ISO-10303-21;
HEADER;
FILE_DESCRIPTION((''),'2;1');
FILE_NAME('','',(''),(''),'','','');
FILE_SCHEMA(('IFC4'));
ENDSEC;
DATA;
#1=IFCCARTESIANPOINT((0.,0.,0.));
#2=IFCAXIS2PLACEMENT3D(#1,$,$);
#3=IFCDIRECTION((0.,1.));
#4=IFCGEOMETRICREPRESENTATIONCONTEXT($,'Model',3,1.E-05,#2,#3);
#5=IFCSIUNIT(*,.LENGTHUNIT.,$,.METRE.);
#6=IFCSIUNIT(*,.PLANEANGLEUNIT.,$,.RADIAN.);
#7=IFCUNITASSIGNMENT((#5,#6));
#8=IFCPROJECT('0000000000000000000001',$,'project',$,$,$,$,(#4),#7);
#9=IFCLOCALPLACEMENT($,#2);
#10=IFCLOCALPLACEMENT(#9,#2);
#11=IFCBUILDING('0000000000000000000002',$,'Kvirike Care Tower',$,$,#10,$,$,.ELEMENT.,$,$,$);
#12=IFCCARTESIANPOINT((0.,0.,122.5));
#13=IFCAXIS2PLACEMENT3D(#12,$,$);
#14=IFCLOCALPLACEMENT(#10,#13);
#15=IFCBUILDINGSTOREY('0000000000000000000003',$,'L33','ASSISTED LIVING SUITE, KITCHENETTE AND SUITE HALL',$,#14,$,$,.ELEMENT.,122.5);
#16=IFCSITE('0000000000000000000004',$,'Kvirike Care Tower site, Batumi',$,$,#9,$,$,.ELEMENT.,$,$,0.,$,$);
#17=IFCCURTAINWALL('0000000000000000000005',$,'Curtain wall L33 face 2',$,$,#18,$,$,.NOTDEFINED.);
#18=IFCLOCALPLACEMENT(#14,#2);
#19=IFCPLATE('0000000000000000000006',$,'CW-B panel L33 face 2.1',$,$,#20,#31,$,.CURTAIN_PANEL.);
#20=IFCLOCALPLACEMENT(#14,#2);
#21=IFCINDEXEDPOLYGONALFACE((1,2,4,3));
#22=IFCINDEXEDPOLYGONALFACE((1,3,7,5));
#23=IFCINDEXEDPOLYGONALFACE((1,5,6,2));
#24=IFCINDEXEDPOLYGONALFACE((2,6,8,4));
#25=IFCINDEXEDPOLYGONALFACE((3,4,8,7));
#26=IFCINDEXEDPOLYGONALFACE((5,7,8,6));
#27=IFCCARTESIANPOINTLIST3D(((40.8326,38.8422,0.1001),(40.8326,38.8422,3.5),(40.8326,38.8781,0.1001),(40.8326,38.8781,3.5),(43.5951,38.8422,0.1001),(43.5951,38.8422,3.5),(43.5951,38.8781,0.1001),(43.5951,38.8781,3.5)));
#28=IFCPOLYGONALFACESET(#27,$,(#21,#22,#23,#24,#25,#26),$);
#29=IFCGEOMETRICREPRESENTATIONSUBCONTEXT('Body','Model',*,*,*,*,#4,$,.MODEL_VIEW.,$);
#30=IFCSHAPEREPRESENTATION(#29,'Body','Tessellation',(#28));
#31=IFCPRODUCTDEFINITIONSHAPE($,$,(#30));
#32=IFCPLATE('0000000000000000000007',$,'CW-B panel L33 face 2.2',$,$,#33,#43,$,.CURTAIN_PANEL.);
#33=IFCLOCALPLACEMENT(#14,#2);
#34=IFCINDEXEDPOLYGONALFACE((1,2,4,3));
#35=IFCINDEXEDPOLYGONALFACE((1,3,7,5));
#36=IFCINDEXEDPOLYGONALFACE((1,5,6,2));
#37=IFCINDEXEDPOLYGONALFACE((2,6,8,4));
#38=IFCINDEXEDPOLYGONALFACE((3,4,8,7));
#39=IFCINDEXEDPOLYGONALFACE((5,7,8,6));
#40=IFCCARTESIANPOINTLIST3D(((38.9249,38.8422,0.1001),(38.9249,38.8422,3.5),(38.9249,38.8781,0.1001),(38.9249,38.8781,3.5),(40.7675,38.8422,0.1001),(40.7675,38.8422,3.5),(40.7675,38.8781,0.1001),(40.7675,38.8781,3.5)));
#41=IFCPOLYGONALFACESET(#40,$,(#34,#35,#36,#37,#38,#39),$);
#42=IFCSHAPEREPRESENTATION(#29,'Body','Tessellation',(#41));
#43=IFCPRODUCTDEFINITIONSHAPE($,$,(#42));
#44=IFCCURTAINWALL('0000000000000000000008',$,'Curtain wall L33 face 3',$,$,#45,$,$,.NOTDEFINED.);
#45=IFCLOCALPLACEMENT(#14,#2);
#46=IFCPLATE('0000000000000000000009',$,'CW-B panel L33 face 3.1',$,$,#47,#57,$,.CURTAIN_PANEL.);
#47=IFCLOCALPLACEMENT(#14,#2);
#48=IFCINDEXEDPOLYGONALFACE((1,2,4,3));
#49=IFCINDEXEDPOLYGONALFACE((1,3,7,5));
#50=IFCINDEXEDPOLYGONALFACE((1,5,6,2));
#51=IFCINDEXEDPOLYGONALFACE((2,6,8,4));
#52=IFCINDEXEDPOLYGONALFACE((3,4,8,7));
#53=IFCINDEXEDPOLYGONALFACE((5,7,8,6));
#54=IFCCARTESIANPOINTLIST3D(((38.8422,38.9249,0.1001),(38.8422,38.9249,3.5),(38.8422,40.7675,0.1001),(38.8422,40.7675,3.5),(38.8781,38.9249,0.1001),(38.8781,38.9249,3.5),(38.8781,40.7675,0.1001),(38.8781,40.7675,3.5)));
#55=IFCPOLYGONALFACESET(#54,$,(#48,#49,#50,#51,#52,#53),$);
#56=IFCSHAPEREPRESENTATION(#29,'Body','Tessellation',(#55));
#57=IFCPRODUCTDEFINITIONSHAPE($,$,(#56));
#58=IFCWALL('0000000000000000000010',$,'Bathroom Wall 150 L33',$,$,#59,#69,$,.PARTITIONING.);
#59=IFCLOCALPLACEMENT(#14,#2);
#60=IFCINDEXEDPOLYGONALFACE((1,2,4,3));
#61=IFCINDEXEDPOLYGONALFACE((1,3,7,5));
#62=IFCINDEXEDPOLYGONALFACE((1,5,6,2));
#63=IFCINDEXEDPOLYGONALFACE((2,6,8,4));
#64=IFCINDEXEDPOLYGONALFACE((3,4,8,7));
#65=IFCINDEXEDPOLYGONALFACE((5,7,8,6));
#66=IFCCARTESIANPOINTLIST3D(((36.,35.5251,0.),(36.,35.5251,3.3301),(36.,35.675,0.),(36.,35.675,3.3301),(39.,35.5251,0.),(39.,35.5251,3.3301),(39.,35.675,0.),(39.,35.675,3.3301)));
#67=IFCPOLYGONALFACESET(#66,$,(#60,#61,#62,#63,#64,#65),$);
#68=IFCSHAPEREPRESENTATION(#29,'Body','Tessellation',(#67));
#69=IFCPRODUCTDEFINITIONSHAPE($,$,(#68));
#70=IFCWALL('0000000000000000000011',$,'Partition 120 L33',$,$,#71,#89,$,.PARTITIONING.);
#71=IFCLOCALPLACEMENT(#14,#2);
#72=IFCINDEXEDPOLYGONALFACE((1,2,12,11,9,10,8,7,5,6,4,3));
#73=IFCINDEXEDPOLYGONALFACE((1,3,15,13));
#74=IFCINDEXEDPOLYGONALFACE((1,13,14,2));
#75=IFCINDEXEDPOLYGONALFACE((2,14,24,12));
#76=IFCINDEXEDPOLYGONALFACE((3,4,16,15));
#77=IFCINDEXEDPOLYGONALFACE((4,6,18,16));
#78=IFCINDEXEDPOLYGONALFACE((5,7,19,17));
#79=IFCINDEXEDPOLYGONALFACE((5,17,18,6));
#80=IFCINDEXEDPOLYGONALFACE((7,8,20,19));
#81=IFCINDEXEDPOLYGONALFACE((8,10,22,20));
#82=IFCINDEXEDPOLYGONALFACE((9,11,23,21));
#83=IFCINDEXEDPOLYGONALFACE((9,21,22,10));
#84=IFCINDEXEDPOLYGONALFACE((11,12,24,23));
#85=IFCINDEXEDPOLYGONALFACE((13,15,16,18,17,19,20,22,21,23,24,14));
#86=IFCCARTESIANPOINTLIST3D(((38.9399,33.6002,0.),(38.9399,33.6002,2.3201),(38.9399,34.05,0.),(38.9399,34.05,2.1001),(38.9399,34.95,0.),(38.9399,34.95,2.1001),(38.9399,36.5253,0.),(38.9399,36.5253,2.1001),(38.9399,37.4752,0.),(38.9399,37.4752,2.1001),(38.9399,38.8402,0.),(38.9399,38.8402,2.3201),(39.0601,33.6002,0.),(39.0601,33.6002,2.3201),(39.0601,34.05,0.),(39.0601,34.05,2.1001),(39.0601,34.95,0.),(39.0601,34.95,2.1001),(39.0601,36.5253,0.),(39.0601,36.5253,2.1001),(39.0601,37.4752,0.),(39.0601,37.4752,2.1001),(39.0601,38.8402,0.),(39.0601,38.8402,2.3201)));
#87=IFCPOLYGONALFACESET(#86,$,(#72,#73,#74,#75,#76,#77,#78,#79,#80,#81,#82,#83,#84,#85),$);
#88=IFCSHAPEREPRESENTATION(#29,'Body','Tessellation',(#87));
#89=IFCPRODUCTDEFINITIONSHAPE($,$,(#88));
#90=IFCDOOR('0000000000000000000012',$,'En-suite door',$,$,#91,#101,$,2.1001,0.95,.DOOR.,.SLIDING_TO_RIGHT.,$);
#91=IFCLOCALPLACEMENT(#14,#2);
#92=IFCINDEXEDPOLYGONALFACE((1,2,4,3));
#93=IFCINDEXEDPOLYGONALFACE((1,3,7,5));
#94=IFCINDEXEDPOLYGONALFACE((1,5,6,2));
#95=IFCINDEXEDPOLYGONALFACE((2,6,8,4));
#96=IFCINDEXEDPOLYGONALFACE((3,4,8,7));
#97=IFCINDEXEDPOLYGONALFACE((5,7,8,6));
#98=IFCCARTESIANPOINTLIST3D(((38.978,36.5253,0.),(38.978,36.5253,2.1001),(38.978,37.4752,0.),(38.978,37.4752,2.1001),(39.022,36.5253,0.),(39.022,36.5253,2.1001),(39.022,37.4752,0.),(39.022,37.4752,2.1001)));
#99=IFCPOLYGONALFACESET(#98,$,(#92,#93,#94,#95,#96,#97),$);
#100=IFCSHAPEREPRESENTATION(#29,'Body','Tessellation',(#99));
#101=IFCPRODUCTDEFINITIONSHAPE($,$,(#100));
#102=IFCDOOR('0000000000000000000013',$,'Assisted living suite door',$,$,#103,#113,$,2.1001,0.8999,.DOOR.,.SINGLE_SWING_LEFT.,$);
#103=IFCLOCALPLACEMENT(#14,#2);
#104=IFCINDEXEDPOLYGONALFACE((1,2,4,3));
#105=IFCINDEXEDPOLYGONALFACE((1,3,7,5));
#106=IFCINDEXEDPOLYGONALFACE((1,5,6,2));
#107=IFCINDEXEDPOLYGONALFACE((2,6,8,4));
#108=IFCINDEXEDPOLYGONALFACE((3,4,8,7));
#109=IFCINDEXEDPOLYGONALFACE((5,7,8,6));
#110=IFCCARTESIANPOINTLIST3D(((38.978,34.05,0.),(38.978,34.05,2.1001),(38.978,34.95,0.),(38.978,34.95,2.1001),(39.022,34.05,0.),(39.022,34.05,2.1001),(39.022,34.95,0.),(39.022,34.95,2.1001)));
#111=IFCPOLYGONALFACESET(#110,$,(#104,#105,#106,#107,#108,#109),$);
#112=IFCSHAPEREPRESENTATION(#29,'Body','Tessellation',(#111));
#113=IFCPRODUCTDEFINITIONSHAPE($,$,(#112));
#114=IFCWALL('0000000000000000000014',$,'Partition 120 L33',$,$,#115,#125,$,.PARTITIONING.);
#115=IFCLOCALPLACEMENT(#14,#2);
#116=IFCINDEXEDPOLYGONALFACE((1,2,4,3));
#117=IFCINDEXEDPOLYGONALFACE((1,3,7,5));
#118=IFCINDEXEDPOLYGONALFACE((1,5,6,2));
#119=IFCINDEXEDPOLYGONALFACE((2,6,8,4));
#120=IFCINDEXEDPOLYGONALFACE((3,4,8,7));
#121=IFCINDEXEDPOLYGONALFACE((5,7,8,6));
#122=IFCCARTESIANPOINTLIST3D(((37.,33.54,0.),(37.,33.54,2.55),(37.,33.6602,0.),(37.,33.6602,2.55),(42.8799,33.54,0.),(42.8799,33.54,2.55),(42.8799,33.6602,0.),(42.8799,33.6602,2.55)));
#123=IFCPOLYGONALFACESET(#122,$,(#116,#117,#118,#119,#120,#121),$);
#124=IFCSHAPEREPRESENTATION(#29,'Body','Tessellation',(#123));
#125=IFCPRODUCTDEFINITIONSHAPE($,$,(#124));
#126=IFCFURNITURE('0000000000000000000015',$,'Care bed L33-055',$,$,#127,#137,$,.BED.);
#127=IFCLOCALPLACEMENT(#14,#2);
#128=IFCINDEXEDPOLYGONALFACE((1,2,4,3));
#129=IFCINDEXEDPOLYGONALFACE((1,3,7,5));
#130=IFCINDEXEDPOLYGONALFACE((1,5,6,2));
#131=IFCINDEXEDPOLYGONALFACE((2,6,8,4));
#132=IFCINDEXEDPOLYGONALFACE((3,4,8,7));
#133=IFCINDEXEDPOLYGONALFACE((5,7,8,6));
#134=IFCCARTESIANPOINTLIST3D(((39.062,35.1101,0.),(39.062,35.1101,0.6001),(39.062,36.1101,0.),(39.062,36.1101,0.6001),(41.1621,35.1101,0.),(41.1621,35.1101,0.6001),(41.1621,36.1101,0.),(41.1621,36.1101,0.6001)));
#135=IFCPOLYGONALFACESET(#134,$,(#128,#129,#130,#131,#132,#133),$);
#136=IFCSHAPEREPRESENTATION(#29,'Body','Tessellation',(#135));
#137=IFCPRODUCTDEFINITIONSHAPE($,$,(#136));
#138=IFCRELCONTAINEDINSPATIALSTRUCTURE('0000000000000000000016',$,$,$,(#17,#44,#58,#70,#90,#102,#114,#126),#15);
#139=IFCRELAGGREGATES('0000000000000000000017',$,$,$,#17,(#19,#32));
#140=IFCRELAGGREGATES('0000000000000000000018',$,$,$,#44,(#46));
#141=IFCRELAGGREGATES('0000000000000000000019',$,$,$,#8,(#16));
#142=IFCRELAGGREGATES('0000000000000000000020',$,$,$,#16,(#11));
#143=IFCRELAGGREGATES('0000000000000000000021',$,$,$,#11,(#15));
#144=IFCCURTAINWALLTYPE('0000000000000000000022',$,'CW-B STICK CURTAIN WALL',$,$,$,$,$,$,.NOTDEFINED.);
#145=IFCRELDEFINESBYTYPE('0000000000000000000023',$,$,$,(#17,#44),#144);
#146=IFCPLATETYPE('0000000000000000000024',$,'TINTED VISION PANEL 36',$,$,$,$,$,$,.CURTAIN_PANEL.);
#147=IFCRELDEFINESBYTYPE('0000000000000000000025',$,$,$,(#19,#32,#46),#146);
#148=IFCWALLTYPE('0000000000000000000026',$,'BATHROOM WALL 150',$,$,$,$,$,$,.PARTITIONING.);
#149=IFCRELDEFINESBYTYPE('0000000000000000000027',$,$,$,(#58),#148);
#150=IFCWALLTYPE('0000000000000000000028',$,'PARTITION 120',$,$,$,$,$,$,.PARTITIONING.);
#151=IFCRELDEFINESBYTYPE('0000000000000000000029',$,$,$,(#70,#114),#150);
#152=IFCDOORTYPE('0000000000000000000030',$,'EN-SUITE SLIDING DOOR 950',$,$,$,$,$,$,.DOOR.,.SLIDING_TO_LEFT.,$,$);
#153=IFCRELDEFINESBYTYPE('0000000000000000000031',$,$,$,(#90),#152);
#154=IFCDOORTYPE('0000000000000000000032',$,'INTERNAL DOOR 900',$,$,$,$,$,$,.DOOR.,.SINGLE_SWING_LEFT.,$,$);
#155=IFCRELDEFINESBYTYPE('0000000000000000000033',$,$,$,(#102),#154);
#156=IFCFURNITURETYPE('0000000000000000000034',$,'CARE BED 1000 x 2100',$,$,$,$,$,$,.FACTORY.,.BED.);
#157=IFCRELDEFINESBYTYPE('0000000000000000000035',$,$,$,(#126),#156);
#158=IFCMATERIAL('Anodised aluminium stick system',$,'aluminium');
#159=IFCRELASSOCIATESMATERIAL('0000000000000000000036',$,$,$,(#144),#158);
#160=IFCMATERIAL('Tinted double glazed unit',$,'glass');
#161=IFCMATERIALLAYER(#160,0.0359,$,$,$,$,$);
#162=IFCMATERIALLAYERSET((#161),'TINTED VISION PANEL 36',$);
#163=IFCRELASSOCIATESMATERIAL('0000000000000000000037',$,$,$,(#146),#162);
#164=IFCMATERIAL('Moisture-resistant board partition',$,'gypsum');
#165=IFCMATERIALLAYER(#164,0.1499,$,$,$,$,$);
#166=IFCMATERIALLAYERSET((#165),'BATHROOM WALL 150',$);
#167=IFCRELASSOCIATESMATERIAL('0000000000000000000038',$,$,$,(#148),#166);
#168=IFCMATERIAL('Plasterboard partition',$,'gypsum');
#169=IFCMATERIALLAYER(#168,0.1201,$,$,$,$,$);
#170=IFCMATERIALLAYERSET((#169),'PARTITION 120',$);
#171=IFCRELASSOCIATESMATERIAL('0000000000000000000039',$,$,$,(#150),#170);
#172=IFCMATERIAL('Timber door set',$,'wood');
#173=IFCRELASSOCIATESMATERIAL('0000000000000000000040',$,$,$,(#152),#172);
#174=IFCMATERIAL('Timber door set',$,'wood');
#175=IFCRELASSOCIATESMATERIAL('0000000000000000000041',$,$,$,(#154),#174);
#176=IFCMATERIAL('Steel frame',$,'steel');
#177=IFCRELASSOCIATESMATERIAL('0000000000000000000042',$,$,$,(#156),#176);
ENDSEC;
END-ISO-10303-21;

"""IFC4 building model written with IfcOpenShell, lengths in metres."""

from ifc_helpers import new_model, si_unit, direction, frame, frame_2d, origin, origin_2d, place, context, subcontext, project, spatial, rectangle, extrude, material, layer, layer_set, type_object, element, fill, aggregate, save


model = new_model("IFC4")

# Units and contexts
model_context = context("Model", 3, precision=1e-05, world=origin(), true_north=direction((0.0, 1.0)))
body_context = subcontext(model_context, "Body", "Model", "MODEL_VIEW")
ifc_project = project(units=[si_unit("LENGTHUNIT", "METRE"), si_unit("PLANEANGLEUNIT", "RADIAN")], contexts=[model_context])

# Site, building, storey
site_placement = place(None, origin())
site = spatial("IfcSite", under=ifc_project, at=site_placement, Name="Kvirike Care Tower site, Batumi", CompositionType="ELEMENT", RefElevation=0.0)
building_placement = place(site_placement, origin())
building = spatial("IfcBuilding", under=site, at=building_placement, Name="Kvirike Care Tower", CompositionType="ELEMENT")
storey_placement = place(building_placement, frame((0.0, 0.0, 122.5)))
storey = spatial("IfcBuildingStorey", under=building, at=storey_placement, Name="L33", Description="ASSISTED LIVING SUITE, KITCHENETTE AND SUITE HALL", CompositionType="ELEMENT", Elevation=122.5)

# Curtain wall
ifc_material_1 = material(Name="Anodised aluminium stick system", Category="aluminium")
curtain_wall_type = type_object("IfcCurtainWallType", Name="CW-B STICK CURTAIN WALL", PredefinedType="NOTDEFINED", material=ifc_material_1)
curtain_wall_1_placement = place(storey_placement, origin())
curtain_wall_1 = element("IfcCurtainWall", 1, at=curtain_wall_1_placement, inside=storey, type_object=curtain_wall_type, Name="Curtain wall L33 face 2", PredefinedType="NOTDEFINED")

# Plates
ifc_material_2 = material(Name="Tinted double glazed unit", Category="glass")
ifc_layer_1 = layer(ifc_material_2, 0.0359)
ifc_layer_set_1 = layer_set([ifc_layer_1], Name="TINTED VISION PANEL 36")
plate_type = type_object("IfcPlateType", Name="TINTED VISION PANEL 36", PredefinedType="CURTAIN_PANEL", material=ifc_layer_set_1)
plate_1_placement = place(storey_placement, frame((42.2139, 38.8601, 0.1001), z_axis=(0.0, 0.0, 1.0), x_axis=(-1.0, 0.0, 0.0)))
plate_1 = element("IfcPlate", 2, at=plate_1_placement, type_object=plate_type, Name="CW-B panel L33 face 2.1", PredefinedType="CURTAIN_PANEL", context=body_context, shape_type="SweptSolid", body=[
    extrude(rectangle(XDim=2.7625, YDim=0.0359, at=origin_2d()), origin(), (0.0, 0.0, 1.0), 3.3999),
])
plate_2_placement = place(storey_placement, frame((39.8462, 38.8601, 0.1001), z_axis=(0.0, 0.0, 1.0), x_axis=(-1.0, 0.0, 0.0)))
plate_2 = element("IfcPlate", 3, at=plate_2_placement, type_object=plate_type, Name="CW-B panel L33 face 2.2", PredefinedType="CURTAIN_PANEL", context=body_context, shape_type="SweptSolid", body=[
    extrude(rectangle(XDim=1.8425, YDim=0.0359, at=origin_2d()), origin(), (0.0, 0.0, 1.0), 3.3999),
])
aggregate(curtain_wall_1, [plate_1, plate_2])

# Curtain wall, plate
curtain_wall_2_placement = place(storey_placement, origin())
curtain_wall_2 = element("IfcCurtainWall", 4, at=curtain_wall_2_placement, inside=storey, type_object=curtain_wall_type, Name="Curtain wall L33 face 3", PredefinedType="NOTDEFINED")
plate_3_placement = place(storey_placement, frame((38.8601, 39.8462, 0.1001), z_axis=(0.0, 0.0, 1.0), x_axis=(0.0, 1.0, 0.0)))
plate_3 = element("IfcPlate", 5, at=plate_3_placement, type_object=plate_type, Name="CW-B panel L33 face 3.1", PredefinedType="CURTAIN_PANEL", context=body_context, shape_type="SweptSolid", body=[
    extrude(rectangle(XDim=1.8425, YDim=0.0359, at=origin_2d()), origin(), (0.0, 0.0, 1.0), 3.3999),
])
aggregate(curtain_wall_2, [plate_3])

# Wall
ifc_material_3 = material(Name="Moisture-resistant board partition", Category="gypsum")
ifc_layer_2 = layer(ifc_material_3, 0.1499)
ifc_layer_set_2 = layer_set([ifc_layer_2], Name="BATHROOM WALL 150")
wall_type_1 = type_object("IfcWallType", Name="BATHROOM WALL 150", PredefinedType="PARTITIONING", material=ifc_layer_set_2)
wall_1_placement = place(storey_placement, frame((39.0, 35.6001, 0.0), z_axis=(0.0, 0.0, 1.0), x_axis=(-1.0, 0.0, 0.0)))
element("IfcWall", 6, at=wall_1_placement, inside=storey, type_object=wall_type_1, Name="Bathroom Wall 150 L33", PredefinedType="PARTITIONING", context=body_context, shape_type="SweptSolid", body=[
    extrude(rectangle(XDim=3.0, YDim=0.1499, at=frame_2d((1.5, 0.0))), origin(), (0.0, 0.0, 1.0), 3.3301),
])

# Wall, openings, doors
ifc_material_4 = material(Name="Plasterboard partition", Category="gypsum")
ifc_layer_3 = layer(ifc_material_4, 0.1201)
ifc_layer_set_3 = layer_set([ifc_layer_3], Name="PARTITION 120")
wall_type_2 = type_object("IfcWallType", Name="PARTITION 120", PredefinedType="PARTITIONING", material=ifc_layer_set_3)
wall_2_placement = place(storey_placement, frame((39.0, 33.6001, 0.0), z_axis=(0.0, 0.0, 1.0), x_axis=(0.0, 1.0, 0.0)))
wall_2 = element("IfcWall", 7, at=wall_2_placement, inside=storey, type_object=wall_type_2, Name="Partition 120 L33", PredefinedType="PARTITIONING", context=body_context, shape_type="SweptSolid", body=[
    extrude(rectangle(XDim=5.24, YDim=0.1201, at=frame_2d((2.6201, 0.0))), origin(), (0.0, 0.0, 1.0), 2.3201),
])
opening_1_placement = place(wall_2_placement, frame((0.45, 0.0, 0.0)))
opening_1 = element("IfcOpeningElement", 8, at=opening_1_placement, cuts=wall_2, PredefinedType="OPENING", context=body_context, shape_type="SweptSolid", body=[
    extrude(rectangle(XDim=0.8999, YDim=2.1001, at=frame_2d((0.45, 1.05))), frame((0.0, 0.0706, 0.0), z_axis=(0.0, -1.0, 0.0), x_axis=(1.0, 0.0, 0.0)), (0.0, 0.0, 1.0), 0.1411),
])
opening_2_placement = place(wall_2_placement, frame((2.925, 0.0, 0.0)))
opening_2 = element("IfcOpeningElement", 9, at=opening_2_placement, cuts=wall_2, PredefinedType="OPENING", context=body_context, shape_type="SweptSolid", body=[
    extrude(rectangle(XDim=0.95, YDim=2.1001, at=frame_2d((0.4751, 1.05))), frame((0.0, 0.0706, 0.0), z_axis=(0.0, -1.0, 0.0), x_axis=(1.0, 0.0, 0.0)), (0.0, 0.0, 1.0), 0.1411),
])
ifc_material_5 = material(Name="Timber door set", Category="wood")
door_type_1 = type_object("IfcDoorType", Name="EN-SUITE SLIDING DOOR 950", OperationType="SLIDING_TO_LEFT", PredefinedType="DOOR", material=ifc_material_5)
door_1_placement = place(opening_2_placement, origin())
door_1 = element("IfcDoor", 10, at=door_1_placement, inside=storey, type_object=door_type_1, Name="En-suite door", OperationType="SLIDING_TO_RIGHT", OverallHeight=2.1001, OverallWidth=0.95, PredefinedType="DOOR", context=body_context, shape_type="SweptSolid", body=[
    extrude(rectangle(XDim=0.95, YDim=2.1001, at=frame_2d((0.4751, 1.05))), frame((0.0, 0.022, 0.0), z_axis=(0.0, -1.0, 0.0), x_axis=(1.0, 0.0, 0.0)), (0.0, 0.0, 1.0), 0.0439),
])
fill(opening_2, door_1)
ifc_material_6 = material(Name="Timber door set", Category="wood")
door_type_2 = type_object("IfcDoorType", Name="INTERNAL DOOR 900", OperationType="SINGLE_SWING_LEFT", PredefinedType="DOOR", material=ifc_material_6)
door_2_placement = place(opening_1_placement, frame((0.8999, 0.0, 0.0), z_axis=(0.0, 0.0, 1.0), x_axis=(-1.0, 0.0, 0.0)))
door_2 = element("IfcDoor", 11, at=door_2_placement, inside=storey, type_object=door_type_2, Name="Assisted living suite door", OperationType="SINGLE_SWING_LEFT", OverallHeight=2.1001, OverallWidth=0.8999, PredefinedType="DOOR", context=body_context, shape_type="SweptSolid", body=[
    extrude(rectangle(XDim=0.8999, YDim=2.1001, at=frame_2d((0.45, 1.05))), frame((0.0, 0.022, 0.0), z_axis=(0.0, -1.0, 0.0), x_axis=(1.0, 0.0, 0.0)), (0.0, 0.0, 1.0), 0.0439),
])
fill(opening_1, door_2)

# Wall
wall_3_placement = place(storey_placement, frame((42.8799, 33.6001, 0.0), z_axis=(0.0, 0.0, 1.0), x_axis=(-1.0, 0.0, 0.0)))
element("IfcWall", 12, at=wall_3_placement, inside=storey, type_object=wall_type_2, Name="Partition 120 L33", PredefinedType="PARTITIONING", context=body_context, shape_type="SweptSolid", body=[
    extrude(rectangle(XDim=5.8799, YDim=0.1201, at=frame_2d((2.9399, 0.0))), origin(), (0.0, 0.0, 1.0), 2.55),
])

# Furniture
ifc_material_7 = material(Name="Steel frame", Category="steel")
furniture_type = type_object("IfcFurnitureType", Name="CARE BED 1000 x 2100", AssemblyPlace="FACTORY", PredefinedType="BED", material=ifc_material_7)
furniture_placement = place(storey_placement, frame((40.1121, 35.6101, 0.0), z_axis=(0.0, 0.0, 1.0), x_axis=(0.0, 1.0, 0.0)))
element("IfcFurniture", 13, at=furniture_placement, inside=storey, type_object=furniture_type, Name="Care bed L33-055", PredefinedType="BED", context=body_context, shape_type="SweptSolid", body=[
    extrude(rectangle(XDim=1.0, YDim=2.1001, at=origin_2d()), origin(), (0.0, 0.0, 1.0), 0.6001),
])

save(model, "model.ifc")
